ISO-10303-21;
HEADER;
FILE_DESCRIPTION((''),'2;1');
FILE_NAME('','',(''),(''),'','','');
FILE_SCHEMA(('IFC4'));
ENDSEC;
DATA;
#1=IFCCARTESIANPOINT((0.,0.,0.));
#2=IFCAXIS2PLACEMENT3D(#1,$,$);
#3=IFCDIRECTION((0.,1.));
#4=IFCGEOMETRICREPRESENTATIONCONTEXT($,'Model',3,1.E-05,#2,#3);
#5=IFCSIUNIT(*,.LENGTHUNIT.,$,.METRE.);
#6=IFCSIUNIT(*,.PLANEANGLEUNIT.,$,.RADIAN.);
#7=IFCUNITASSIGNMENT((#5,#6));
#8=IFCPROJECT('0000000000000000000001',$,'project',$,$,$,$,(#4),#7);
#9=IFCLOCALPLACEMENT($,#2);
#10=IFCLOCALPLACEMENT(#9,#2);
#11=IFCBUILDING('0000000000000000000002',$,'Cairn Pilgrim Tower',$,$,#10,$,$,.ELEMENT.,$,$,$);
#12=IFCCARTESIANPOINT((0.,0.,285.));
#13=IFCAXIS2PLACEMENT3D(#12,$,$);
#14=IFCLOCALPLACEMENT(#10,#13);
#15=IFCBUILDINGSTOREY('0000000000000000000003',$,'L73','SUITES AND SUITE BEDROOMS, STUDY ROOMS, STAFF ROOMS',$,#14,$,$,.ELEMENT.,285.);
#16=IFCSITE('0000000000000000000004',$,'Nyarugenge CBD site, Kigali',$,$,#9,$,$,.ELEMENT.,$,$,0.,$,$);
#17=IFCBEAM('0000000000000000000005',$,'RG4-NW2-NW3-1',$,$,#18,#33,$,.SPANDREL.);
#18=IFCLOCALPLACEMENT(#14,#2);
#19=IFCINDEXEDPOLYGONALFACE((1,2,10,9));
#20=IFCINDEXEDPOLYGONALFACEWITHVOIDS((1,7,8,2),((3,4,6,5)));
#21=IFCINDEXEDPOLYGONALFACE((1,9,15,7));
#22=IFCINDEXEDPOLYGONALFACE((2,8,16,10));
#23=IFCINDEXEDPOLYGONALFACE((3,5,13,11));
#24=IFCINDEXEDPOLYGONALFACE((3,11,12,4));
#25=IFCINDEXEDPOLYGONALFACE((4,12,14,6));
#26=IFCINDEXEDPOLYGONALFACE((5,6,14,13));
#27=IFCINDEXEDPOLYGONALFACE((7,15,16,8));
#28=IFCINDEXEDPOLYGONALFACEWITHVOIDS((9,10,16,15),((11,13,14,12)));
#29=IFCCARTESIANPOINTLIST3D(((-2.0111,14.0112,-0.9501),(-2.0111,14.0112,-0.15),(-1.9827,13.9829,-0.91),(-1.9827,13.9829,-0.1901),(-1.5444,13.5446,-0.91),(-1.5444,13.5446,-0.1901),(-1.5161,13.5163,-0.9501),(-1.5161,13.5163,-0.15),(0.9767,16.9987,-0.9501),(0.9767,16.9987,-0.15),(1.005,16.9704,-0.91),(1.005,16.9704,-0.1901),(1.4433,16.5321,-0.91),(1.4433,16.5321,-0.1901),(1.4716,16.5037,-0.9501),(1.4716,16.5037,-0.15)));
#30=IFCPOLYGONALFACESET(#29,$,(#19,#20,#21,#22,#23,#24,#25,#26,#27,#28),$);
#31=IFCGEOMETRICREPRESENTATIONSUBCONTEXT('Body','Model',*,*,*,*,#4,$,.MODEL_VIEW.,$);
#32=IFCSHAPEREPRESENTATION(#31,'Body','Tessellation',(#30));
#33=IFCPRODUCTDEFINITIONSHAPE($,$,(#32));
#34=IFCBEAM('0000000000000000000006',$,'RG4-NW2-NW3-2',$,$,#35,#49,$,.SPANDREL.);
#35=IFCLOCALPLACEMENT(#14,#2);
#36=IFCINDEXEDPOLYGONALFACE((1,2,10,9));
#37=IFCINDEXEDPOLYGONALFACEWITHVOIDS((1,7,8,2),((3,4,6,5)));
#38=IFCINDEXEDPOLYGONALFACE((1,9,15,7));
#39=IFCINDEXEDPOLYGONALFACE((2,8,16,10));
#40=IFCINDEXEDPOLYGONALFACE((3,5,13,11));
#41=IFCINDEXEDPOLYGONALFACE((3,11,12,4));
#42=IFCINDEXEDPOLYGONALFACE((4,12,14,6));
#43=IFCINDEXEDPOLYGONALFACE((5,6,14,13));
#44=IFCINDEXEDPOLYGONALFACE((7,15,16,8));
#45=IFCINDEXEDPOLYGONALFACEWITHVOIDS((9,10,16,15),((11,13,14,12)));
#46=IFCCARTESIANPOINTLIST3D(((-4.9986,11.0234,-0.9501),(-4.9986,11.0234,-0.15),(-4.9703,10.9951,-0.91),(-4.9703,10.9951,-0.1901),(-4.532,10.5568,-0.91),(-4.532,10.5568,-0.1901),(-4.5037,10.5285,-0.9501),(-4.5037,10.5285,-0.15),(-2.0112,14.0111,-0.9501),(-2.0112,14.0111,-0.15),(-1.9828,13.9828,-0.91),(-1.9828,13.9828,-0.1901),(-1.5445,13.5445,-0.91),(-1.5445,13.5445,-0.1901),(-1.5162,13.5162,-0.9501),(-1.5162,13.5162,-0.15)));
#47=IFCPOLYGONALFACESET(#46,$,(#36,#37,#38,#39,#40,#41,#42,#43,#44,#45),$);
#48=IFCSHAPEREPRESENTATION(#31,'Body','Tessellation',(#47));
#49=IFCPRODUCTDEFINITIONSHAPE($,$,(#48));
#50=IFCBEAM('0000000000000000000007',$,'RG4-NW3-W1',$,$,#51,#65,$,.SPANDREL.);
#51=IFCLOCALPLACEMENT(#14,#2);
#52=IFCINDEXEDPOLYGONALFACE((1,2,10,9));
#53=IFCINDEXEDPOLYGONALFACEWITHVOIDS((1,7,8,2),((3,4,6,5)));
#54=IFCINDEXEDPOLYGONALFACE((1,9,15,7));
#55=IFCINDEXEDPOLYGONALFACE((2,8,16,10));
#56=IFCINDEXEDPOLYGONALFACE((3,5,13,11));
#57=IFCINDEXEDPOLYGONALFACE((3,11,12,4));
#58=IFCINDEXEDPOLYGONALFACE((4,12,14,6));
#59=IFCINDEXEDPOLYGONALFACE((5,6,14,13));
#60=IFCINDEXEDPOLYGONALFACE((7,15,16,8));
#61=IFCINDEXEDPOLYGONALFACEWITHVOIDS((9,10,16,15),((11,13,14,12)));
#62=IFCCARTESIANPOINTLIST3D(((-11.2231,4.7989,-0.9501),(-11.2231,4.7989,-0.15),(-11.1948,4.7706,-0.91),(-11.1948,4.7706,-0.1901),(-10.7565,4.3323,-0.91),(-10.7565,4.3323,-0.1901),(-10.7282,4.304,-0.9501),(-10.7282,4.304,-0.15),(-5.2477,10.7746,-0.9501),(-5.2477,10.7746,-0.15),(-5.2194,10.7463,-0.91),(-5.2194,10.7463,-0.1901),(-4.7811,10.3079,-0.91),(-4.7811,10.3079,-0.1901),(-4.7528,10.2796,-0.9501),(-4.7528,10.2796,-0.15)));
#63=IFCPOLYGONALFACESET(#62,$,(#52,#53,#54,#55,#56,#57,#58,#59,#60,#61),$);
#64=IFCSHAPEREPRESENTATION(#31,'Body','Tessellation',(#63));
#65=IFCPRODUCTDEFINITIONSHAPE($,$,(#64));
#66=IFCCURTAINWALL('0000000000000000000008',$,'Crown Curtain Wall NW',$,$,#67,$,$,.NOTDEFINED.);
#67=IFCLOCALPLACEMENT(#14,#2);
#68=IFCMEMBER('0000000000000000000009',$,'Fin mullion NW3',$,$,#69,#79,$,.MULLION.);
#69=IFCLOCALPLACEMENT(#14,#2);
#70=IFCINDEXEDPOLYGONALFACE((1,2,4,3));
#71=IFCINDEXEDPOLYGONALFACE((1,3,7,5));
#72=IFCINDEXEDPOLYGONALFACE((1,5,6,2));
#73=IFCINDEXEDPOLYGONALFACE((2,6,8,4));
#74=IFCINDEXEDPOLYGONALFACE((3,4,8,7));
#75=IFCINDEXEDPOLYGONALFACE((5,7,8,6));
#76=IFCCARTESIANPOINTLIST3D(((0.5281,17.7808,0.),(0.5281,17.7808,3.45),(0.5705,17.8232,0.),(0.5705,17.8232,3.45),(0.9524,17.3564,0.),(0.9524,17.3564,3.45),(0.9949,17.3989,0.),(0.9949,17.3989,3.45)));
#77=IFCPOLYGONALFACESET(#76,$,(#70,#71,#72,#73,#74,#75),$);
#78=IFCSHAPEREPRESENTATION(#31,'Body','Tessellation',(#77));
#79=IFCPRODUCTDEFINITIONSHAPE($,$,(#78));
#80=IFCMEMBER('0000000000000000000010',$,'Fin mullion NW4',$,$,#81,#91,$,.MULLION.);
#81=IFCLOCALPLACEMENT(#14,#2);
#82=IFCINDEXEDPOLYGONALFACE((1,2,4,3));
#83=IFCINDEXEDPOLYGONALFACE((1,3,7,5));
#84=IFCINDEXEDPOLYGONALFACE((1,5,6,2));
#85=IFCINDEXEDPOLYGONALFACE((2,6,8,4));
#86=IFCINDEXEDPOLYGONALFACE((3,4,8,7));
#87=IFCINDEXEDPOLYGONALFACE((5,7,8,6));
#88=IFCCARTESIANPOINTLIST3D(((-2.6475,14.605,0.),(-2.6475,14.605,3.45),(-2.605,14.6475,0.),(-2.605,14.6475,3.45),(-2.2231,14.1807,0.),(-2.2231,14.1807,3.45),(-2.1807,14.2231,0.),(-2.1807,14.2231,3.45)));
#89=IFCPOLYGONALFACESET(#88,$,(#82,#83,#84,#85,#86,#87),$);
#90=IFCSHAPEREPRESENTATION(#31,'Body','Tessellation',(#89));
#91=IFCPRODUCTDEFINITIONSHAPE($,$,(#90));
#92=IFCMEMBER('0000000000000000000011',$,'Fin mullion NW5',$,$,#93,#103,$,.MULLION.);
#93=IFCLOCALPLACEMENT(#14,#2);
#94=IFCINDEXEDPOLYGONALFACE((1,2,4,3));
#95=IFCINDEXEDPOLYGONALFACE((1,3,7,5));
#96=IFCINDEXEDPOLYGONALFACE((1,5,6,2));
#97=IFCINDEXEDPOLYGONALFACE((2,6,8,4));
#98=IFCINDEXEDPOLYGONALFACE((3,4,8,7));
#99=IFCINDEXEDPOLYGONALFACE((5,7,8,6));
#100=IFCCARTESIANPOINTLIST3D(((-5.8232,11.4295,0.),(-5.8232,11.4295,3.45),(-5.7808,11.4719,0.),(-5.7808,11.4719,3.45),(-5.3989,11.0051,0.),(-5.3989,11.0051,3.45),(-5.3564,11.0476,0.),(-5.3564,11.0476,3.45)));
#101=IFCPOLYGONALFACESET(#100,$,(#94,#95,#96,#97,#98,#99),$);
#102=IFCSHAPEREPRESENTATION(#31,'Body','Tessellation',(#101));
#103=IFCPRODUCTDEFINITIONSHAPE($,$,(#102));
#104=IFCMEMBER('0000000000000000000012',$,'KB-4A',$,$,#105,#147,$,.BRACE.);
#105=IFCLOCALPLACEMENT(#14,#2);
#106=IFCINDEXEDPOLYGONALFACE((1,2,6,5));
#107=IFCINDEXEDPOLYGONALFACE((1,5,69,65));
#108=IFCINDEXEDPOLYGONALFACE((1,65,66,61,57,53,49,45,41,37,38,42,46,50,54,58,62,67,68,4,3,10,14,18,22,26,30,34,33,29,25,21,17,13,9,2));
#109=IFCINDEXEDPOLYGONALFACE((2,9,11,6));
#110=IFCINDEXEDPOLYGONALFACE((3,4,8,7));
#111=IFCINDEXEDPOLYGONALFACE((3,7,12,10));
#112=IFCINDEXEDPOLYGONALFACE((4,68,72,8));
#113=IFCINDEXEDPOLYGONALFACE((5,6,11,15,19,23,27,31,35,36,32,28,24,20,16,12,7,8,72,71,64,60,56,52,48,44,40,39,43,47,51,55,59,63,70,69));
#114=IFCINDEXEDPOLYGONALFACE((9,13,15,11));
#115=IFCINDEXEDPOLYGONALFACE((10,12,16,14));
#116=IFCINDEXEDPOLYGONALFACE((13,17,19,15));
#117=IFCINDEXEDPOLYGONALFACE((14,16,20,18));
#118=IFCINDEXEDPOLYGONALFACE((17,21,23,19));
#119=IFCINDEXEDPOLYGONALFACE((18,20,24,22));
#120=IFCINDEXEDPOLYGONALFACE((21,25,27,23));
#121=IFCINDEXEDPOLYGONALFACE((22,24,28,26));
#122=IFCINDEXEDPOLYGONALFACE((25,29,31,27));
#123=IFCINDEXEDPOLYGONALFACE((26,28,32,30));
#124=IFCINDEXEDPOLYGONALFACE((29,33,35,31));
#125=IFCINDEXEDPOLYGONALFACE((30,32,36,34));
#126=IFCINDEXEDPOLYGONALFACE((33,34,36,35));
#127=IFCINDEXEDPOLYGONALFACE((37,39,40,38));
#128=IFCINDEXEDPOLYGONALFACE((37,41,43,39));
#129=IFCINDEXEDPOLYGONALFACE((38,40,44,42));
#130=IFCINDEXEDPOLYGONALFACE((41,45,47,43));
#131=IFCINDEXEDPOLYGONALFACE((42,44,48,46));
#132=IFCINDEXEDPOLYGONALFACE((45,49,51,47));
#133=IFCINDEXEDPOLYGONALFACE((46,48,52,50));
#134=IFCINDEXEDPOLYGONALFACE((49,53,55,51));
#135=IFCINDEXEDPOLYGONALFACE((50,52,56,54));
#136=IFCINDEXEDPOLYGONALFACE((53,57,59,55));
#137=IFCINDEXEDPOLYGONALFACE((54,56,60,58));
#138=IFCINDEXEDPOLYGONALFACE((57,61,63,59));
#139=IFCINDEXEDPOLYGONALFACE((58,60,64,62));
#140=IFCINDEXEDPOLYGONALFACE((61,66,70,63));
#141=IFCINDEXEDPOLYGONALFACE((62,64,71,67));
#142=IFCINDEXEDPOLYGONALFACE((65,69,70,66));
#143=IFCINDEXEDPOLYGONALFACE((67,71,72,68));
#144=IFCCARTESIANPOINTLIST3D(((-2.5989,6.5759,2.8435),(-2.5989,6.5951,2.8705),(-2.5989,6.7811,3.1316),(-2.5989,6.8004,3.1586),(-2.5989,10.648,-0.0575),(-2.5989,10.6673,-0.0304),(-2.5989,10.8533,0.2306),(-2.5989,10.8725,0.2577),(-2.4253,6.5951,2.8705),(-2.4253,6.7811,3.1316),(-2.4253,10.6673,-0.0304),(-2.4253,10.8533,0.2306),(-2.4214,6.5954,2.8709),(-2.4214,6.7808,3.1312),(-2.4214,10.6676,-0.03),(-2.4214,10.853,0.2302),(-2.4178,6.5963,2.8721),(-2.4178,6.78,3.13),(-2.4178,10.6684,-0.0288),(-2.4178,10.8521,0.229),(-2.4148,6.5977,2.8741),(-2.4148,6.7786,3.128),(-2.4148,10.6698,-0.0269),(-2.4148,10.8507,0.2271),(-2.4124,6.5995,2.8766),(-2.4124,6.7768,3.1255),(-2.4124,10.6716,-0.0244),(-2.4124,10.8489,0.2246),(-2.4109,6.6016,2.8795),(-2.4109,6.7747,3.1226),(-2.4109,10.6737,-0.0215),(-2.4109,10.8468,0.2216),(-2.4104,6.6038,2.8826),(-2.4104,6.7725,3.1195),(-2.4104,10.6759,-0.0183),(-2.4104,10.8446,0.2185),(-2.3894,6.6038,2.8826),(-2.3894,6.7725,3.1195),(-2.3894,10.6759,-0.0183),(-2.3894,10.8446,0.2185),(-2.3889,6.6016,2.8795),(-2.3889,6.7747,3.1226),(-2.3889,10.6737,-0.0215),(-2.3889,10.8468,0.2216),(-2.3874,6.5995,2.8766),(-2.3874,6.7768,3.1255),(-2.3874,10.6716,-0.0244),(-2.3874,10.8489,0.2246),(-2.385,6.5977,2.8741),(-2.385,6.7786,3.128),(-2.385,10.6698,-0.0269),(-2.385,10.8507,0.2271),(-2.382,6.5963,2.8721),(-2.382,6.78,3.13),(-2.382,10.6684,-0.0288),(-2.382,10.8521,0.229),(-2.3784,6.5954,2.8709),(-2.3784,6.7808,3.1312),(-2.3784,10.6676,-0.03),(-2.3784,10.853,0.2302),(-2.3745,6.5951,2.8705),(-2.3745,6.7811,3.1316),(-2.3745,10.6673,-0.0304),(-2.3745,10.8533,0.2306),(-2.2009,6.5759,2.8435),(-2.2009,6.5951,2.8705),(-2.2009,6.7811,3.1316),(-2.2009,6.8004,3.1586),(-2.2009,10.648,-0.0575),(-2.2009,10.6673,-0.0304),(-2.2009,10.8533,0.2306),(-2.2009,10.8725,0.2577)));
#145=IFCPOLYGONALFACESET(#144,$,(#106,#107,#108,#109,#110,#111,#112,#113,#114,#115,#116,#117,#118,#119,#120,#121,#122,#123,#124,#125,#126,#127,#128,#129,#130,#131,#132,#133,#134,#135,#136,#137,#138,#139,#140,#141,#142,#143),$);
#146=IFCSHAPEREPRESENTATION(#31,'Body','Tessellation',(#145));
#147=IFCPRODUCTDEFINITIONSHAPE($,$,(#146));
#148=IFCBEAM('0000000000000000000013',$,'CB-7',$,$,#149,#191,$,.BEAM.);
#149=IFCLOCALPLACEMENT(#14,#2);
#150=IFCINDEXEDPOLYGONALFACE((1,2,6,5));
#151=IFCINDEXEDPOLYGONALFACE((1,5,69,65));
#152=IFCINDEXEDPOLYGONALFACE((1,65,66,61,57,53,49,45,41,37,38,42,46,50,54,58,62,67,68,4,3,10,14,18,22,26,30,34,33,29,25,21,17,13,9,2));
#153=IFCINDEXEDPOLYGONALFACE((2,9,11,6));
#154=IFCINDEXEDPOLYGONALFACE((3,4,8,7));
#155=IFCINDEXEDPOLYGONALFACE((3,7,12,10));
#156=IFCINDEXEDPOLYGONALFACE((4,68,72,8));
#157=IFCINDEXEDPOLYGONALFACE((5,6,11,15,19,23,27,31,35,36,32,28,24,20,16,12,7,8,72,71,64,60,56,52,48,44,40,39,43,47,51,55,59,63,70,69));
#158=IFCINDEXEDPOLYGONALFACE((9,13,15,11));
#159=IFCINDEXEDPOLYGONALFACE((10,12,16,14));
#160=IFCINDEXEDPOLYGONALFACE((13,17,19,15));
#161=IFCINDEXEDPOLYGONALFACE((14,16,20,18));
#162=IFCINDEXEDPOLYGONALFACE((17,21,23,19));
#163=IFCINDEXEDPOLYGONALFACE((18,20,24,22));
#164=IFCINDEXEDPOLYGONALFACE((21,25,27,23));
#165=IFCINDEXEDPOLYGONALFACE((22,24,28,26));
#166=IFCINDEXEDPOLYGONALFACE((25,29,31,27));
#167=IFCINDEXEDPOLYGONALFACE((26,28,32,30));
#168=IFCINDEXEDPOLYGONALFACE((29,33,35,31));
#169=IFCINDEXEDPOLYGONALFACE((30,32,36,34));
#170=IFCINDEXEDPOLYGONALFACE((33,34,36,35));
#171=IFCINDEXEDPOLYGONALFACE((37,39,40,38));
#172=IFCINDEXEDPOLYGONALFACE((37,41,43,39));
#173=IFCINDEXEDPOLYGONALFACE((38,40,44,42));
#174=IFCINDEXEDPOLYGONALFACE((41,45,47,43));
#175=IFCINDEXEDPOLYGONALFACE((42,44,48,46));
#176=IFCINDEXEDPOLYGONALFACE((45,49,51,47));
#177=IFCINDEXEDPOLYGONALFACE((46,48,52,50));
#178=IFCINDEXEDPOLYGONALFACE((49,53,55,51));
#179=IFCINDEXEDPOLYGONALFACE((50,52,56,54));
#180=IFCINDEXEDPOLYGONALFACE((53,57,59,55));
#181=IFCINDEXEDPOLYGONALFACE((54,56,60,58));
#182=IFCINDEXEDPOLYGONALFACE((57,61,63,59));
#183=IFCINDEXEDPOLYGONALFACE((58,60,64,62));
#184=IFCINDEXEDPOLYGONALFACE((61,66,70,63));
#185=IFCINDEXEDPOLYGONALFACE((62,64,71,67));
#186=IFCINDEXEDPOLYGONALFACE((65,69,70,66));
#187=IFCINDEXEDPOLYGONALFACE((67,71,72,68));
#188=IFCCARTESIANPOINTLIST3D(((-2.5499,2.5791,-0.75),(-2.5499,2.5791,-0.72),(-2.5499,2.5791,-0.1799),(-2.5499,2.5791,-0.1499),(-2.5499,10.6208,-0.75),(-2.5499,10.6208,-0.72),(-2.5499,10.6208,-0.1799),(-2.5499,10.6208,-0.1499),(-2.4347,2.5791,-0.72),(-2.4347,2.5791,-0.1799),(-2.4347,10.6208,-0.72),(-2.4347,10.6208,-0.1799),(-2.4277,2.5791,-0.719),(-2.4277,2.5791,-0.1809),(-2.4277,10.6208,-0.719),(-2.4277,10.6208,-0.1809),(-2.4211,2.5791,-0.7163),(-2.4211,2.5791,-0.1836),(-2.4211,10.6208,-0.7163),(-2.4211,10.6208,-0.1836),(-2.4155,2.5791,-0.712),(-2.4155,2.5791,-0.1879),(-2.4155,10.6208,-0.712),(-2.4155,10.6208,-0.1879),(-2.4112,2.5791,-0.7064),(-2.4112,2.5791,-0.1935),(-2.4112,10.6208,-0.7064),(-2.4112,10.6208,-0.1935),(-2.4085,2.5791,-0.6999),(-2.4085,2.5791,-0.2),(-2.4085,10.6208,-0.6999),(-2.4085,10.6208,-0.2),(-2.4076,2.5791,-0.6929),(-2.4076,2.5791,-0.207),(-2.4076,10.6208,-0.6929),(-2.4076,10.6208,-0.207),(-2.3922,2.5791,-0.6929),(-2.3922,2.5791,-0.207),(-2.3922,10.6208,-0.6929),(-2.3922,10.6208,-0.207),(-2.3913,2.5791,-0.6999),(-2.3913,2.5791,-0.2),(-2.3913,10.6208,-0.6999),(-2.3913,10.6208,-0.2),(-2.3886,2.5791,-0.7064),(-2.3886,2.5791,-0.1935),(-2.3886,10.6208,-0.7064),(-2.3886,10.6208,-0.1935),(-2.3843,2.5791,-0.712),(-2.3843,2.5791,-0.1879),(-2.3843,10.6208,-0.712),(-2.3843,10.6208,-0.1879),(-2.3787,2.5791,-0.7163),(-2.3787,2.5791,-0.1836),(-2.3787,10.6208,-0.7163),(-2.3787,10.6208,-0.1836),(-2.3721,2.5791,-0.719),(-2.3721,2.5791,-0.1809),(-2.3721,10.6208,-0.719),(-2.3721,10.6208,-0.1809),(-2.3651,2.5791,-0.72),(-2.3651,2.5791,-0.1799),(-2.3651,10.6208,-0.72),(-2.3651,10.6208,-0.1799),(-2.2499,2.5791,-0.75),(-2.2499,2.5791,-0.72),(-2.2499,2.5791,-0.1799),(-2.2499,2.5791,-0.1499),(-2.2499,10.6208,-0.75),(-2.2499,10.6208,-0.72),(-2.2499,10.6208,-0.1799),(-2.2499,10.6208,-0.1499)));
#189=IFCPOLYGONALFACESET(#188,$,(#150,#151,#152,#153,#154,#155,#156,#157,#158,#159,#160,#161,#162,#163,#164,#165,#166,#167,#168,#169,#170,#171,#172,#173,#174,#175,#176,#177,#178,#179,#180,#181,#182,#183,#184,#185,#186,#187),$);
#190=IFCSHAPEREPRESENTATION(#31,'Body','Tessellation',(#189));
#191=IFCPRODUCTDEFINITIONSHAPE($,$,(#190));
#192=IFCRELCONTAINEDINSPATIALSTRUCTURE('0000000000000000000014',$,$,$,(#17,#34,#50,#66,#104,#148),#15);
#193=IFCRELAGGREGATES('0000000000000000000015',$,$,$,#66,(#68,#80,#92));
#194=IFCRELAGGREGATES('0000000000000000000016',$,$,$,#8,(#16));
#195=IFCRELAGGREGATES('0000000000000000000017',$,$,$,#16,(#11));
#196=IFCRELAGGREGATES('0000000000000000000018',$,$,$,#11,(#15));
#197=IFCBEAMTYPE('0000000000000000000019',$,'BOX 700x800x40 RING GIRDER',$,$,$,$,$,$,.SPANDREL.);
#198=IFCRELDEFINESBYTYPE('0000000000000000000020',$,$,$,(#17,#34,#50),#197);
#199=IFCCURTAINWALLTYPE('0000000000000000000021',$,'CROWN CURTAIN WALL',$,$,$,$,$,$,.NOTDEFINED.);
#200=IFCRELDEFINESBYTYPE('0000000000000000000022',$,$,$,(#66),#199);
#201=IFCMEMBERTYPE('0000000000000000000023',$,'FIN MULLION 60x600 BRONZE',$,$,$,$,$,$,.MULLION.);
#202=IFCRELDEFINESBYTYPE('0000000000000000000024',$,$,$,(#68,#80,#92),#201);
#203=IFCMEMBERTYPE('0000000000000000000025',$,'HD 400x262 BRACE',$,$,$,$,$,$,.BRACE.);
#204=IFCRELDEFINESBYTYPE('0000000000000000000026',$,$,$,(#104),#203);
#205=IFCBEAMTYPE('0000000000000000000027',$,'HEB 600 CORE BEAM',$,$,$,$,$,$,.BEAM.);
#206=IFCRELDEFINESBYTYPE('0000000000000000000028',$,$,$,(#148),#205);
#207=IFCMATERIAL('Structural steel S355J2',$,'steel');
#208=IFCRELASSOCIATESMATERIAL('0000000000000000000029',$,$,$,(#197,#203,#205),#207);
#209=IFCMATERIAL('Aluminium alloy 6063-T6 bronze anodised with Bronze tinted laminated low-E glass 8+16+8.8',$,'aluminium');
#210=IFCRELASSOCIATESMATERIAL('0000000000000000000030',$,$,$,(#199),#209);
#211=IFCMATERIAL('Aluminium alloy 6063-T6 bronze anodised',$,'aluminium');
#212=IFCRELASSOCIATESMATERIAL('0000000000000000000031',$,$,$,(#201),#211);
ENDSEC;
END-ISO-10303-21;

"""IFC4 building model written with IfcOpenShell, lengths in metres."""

from ifc_helpers import new_model, si_unit, direction, frame, origin, origin_2d, place, context, subcontext, project, spatial, rectangle, hollow_rectangle, i_section, extrude, material, material_profile, profile_set, type_object, element, aggregate, save


model = new_model("IFC4")

# Units and contexts
model_context = context("Model", 3, precision=1e-05, world=origin(), true_north=direction((0.0, 1.0)))
body_context = subcontext(model_context, "Body", "Model", "MODEL_VIEW")
ifc_project = project(units=[si_unit("LENGTHUNIT", "METRE"), si_unit("PLANEANGLEUNIT", "RADIAN")], contexts=[model_context])

# Site, building, storey
site_placement = place(None, origin())
site = spatial("IfcSite", under=ifc_project, at=site_placement, Name="Nyarugenge CBD site, Kigali", CompositionType="ELEMENT", RefElevation=0.0)
building_placement = place(site_placement, origin())
building = spatial("IfcBuilding", under=site, at=building_placement, Name="Cairn Pilgrim Tower", CompositionType="ELEMENT")
storey_placement = place(building_placement, frame((0.0, 0.0, 285.0)))
storey = spatial("IfcBuildingStorey", under=building, at=storey_placement, Name="L73", Description="SUITES AND SUITE BEDROOMS, STUDY ROOMS, STAFF ROOMS", CompositionType="ELEMENT", Elevation=285.0)

# Shared definitions
ifc_material_1 = material(Name="Structural steel S355J2", Category="steel")

# Beams
ifc_material_profile_1 = material_profile(ifc_material_1, hollow_rectangle(XDim=0.7, YDim=0.8, WallThickness=0.04, at=origin_2d()), Name="BOX 700x800x40")
ifc_profile_set_1 = profile_set([ifc_material_profile_1], Name="Structural steel S355J2")
beam_type_1 = type_object("IfcBeamType", Name="BOX 700x800x40 RING GIRDER", PredefinedType="SPANDREL", material=ifc_profile_set_1)
for number, where, z_axis, x_axis, name in (
    (1, (1.2241, 16.7512, -0.55), (-0.707136, -0.707078, 0.0), (0.707078, -0.707136, 0.0), "RG4-NW2-NW3-1"),
    (2, (-1.7637, 13.7637, -0.55), (-0.707078, -0.707136, 0.0), (0.707136, -0.707078, 0.0), "RG4-NW2-NW3-2"),
):
    element("IfcBeam", number, at=place(storey_placement, frame(where, z_axis=z_axis, x_axis=x_axis)), inside=storey, type_object=beam_type_1, Name=name, PredefinedType="SPANDREL", context=body_context, shape_type="SweptSolid", body=[
        extrude(hollow_rectangle(XDim=0.7, YDim=0.8, WallThickness=0.04, at=origin_2d()), origin(), (0.0, 0.0, 1.0), 4.2251),
    ])
beam_1_placement = place(storey_placement, frame((-5.0002, 10.5271, -0.55), z_axis=(-0.707092, -0.707121, 0.0), x_axis=(0.707121, -0.707092, 0.0)))
element("IfcBeam", 3, at=beam_1_placement, inside=storey, type_object=beam_type_1, Name="RG4-NW3-W1", PredefinedType="SPANDREL", context=body_context, shape_type="SweptSolid", body=[
    extrude(hollow_rectangle(XDim=0.7, YDim=0.8, WallThickness=0.04, at=origin_2d()), origin(), (0.0, 0.0, 1.0), 8.4507),
])

# Curtain wall, members
ifc_material_2 = material(Name="Aluminium alloy 6063-T6 bronze anodised with Bronze tinted laminated low-E glass 8+16+8.8", Category="aluminium")
curtain_wall_type = type_object("IfcCurtainWallType", Name="CROWN CURTAIN WALL", PredefinedType="NOTDEFINED", material=ifc_material_2)
curtain_wall_placement = place(storey_placement, origin())
curtain_wall = element("IfcCurtainWall", 4, at=curtain_wall_placement, inside=storey, type_object=curtain_wall_type, Name="Crown Curtain Wall NW", PredefinedType="NOTDEFINED")
ifc_material_3 = material(Name="Aluminium alloy 6063-T6 bronze anodised", Category="aluminium")
ifc_material_profile_2 = material_profile(ifc_material_3, rectangle(XDim=0.6001, YDim=0.0601, at=origin_2d()), Name="FIN MULLION 60x600 BRONZE")
ifc_profile_set_2 = profile_set([ifc_material_profile_2], Name="Aluminium alloy 6063-T6 bronze anodised")
member_type_1 = type_object("IfcMemberType", Name="FIN MULLION 60x600 BRONZE", PredefinedType="MULLION", material=ifc_profile_set_2)
member_1_placement = place(storey_placement, frame((0.7615, 17.5898, 0.0), z_axis=(0.0, 0.0, 1.0), x_axis=(-0.707107, 0.707107, 0.0)))
member_1 = element("IfcMember", 5, at=member_1_placement, type_object=member_type_1, Name="Fin mullion NW3", PredefinedType="MULLION", context=body_context, shape_type="SweptSolid", body=[
    extrude(rectangle(XDim=0.6001, YDim=0.0601, at=origin_2d()), origin(), (0.0, 0.0, 1.0), 3.45),
])
member_2_placement = place(storey_placement, frame((-2.4141, 14.4141, 0.0), z_axis=(0.0, 0.0, 1.0), x_axis=(-0.707107, 0.707107, 0.0)))
member_2 = element("IfcMember", 6, at=member_2_placement, type_object=member_type_1, Name="Fin mullion NW4", PredefinedType="MULLION", context=body_context, shape_type="SweptSolid", body=[
    extrude(rectangle(XDim=0.6001, YDim=0.0601, at=origin_2d()), origin(), (0.0, 0.0, 1.0), 3.45),
])
member_3_placement = place(storey_placement, frame((-5.5898, 11.2385, 0.0), z_axis=(0.0, 0.0, 1.0), x_axis=(-0.707107, 0.707107, 0.0)))
member_3 = element("IfcMember", 7, at=member_3_placement, type_object=member_type_1, Name="Fin mullion NW5", PredefinedType="MULLION", context=body_context, shape_type="SweptSolid", body=[
    extrude(rectangle(XDim=0.6001, YDim=0.0601, at=origin_2d()), origin(), (0.0, 0.0, 1.0), 3.45),
])

# Member
ifc_material_profile_3 = material_profile(ifc_material_1, i_section(OverallWidth=0.3979, OverallDepth=0.387, WebThickness=0.021, FlangeThickness=0.0332, FilletRadius=0.0149, at=origin_2d()), Name="HD 400x262")
ifc_profile_set_3 = profile_set([ifc_material_profile_3], Name="Structural steel S355J2")
member_type_2 = type_object("IfcMemberType", Name="HD 400x262 BRACE", PredefinedType="BRACE", material=ifc_profile_set_3)
member_4_placement = place(storey_placement, frame((-2.3999, 10.7603, 0.1001), z_axis=(0.0, -0.814462, 0.580217), x_axis=(1.0, 0.0, 0.0)))
element("IfcMember", 8, at=member_4_placement, inside=storey, type_object=member_type_2, Name="KB-4A", PredefinedType="BRACE", context=body_context, shape_type="SweptSolid", body=[
    extrude(i_section(OverallWidth=0.3979, OverallDepth=0.387, WebThickness=0.021, FlangeThickness=0.0332, FilletRadius=0.0149, at=origin_2d()), origin(), (0.0, 0.0, 1.0), 4.9998),
])

# Beam
ifc_material_profile_4 = material_profile(ifc_material_1, i_section(OverallWidth=0.3, OverallDepth=0.6001, WebThickness=0.0154, FlangeThickness=0.03, FilletRadius=0.0271, at=origin_2d()), Name="HEB 600")
ifc_profile_set_4 = profile_set([ifc_material_profile_4], Name="Structural steel S355J2")
beam_type_2 = type_object("IfcBeamType", Name="HEB 600 CORE BEAM", PredefinedType="BEAM", material=ifc_profile_set_4)
beam_2_placement = place(storey_placement, frame((-2.3999, 10.6208, -0.45), z_axis=(0.0, -1.0, 0.0), x_axis=(1.0, 0.0, 0.0)))
element("IfcBeam", 9, at=beam_2_placement, inside=storey, type_object=beam_type_2, Name="CB-7", PredefinedType="BEAM", context=body_context, shape_type="SweptSolid", body=[
    extrude(i_section(OverallWidth=0.3, OverallDepth=0.6001, WebThickness=0.0154, FlangeThickness=0.03, FilletRadius=0.0271, at=origin_2d()), origin(), (0.0, 0.0, 1.0), 8.0417),
])

aggregate(curtain_wall, [member_1, member_2, member_3])

save(model, "model.ifc")
